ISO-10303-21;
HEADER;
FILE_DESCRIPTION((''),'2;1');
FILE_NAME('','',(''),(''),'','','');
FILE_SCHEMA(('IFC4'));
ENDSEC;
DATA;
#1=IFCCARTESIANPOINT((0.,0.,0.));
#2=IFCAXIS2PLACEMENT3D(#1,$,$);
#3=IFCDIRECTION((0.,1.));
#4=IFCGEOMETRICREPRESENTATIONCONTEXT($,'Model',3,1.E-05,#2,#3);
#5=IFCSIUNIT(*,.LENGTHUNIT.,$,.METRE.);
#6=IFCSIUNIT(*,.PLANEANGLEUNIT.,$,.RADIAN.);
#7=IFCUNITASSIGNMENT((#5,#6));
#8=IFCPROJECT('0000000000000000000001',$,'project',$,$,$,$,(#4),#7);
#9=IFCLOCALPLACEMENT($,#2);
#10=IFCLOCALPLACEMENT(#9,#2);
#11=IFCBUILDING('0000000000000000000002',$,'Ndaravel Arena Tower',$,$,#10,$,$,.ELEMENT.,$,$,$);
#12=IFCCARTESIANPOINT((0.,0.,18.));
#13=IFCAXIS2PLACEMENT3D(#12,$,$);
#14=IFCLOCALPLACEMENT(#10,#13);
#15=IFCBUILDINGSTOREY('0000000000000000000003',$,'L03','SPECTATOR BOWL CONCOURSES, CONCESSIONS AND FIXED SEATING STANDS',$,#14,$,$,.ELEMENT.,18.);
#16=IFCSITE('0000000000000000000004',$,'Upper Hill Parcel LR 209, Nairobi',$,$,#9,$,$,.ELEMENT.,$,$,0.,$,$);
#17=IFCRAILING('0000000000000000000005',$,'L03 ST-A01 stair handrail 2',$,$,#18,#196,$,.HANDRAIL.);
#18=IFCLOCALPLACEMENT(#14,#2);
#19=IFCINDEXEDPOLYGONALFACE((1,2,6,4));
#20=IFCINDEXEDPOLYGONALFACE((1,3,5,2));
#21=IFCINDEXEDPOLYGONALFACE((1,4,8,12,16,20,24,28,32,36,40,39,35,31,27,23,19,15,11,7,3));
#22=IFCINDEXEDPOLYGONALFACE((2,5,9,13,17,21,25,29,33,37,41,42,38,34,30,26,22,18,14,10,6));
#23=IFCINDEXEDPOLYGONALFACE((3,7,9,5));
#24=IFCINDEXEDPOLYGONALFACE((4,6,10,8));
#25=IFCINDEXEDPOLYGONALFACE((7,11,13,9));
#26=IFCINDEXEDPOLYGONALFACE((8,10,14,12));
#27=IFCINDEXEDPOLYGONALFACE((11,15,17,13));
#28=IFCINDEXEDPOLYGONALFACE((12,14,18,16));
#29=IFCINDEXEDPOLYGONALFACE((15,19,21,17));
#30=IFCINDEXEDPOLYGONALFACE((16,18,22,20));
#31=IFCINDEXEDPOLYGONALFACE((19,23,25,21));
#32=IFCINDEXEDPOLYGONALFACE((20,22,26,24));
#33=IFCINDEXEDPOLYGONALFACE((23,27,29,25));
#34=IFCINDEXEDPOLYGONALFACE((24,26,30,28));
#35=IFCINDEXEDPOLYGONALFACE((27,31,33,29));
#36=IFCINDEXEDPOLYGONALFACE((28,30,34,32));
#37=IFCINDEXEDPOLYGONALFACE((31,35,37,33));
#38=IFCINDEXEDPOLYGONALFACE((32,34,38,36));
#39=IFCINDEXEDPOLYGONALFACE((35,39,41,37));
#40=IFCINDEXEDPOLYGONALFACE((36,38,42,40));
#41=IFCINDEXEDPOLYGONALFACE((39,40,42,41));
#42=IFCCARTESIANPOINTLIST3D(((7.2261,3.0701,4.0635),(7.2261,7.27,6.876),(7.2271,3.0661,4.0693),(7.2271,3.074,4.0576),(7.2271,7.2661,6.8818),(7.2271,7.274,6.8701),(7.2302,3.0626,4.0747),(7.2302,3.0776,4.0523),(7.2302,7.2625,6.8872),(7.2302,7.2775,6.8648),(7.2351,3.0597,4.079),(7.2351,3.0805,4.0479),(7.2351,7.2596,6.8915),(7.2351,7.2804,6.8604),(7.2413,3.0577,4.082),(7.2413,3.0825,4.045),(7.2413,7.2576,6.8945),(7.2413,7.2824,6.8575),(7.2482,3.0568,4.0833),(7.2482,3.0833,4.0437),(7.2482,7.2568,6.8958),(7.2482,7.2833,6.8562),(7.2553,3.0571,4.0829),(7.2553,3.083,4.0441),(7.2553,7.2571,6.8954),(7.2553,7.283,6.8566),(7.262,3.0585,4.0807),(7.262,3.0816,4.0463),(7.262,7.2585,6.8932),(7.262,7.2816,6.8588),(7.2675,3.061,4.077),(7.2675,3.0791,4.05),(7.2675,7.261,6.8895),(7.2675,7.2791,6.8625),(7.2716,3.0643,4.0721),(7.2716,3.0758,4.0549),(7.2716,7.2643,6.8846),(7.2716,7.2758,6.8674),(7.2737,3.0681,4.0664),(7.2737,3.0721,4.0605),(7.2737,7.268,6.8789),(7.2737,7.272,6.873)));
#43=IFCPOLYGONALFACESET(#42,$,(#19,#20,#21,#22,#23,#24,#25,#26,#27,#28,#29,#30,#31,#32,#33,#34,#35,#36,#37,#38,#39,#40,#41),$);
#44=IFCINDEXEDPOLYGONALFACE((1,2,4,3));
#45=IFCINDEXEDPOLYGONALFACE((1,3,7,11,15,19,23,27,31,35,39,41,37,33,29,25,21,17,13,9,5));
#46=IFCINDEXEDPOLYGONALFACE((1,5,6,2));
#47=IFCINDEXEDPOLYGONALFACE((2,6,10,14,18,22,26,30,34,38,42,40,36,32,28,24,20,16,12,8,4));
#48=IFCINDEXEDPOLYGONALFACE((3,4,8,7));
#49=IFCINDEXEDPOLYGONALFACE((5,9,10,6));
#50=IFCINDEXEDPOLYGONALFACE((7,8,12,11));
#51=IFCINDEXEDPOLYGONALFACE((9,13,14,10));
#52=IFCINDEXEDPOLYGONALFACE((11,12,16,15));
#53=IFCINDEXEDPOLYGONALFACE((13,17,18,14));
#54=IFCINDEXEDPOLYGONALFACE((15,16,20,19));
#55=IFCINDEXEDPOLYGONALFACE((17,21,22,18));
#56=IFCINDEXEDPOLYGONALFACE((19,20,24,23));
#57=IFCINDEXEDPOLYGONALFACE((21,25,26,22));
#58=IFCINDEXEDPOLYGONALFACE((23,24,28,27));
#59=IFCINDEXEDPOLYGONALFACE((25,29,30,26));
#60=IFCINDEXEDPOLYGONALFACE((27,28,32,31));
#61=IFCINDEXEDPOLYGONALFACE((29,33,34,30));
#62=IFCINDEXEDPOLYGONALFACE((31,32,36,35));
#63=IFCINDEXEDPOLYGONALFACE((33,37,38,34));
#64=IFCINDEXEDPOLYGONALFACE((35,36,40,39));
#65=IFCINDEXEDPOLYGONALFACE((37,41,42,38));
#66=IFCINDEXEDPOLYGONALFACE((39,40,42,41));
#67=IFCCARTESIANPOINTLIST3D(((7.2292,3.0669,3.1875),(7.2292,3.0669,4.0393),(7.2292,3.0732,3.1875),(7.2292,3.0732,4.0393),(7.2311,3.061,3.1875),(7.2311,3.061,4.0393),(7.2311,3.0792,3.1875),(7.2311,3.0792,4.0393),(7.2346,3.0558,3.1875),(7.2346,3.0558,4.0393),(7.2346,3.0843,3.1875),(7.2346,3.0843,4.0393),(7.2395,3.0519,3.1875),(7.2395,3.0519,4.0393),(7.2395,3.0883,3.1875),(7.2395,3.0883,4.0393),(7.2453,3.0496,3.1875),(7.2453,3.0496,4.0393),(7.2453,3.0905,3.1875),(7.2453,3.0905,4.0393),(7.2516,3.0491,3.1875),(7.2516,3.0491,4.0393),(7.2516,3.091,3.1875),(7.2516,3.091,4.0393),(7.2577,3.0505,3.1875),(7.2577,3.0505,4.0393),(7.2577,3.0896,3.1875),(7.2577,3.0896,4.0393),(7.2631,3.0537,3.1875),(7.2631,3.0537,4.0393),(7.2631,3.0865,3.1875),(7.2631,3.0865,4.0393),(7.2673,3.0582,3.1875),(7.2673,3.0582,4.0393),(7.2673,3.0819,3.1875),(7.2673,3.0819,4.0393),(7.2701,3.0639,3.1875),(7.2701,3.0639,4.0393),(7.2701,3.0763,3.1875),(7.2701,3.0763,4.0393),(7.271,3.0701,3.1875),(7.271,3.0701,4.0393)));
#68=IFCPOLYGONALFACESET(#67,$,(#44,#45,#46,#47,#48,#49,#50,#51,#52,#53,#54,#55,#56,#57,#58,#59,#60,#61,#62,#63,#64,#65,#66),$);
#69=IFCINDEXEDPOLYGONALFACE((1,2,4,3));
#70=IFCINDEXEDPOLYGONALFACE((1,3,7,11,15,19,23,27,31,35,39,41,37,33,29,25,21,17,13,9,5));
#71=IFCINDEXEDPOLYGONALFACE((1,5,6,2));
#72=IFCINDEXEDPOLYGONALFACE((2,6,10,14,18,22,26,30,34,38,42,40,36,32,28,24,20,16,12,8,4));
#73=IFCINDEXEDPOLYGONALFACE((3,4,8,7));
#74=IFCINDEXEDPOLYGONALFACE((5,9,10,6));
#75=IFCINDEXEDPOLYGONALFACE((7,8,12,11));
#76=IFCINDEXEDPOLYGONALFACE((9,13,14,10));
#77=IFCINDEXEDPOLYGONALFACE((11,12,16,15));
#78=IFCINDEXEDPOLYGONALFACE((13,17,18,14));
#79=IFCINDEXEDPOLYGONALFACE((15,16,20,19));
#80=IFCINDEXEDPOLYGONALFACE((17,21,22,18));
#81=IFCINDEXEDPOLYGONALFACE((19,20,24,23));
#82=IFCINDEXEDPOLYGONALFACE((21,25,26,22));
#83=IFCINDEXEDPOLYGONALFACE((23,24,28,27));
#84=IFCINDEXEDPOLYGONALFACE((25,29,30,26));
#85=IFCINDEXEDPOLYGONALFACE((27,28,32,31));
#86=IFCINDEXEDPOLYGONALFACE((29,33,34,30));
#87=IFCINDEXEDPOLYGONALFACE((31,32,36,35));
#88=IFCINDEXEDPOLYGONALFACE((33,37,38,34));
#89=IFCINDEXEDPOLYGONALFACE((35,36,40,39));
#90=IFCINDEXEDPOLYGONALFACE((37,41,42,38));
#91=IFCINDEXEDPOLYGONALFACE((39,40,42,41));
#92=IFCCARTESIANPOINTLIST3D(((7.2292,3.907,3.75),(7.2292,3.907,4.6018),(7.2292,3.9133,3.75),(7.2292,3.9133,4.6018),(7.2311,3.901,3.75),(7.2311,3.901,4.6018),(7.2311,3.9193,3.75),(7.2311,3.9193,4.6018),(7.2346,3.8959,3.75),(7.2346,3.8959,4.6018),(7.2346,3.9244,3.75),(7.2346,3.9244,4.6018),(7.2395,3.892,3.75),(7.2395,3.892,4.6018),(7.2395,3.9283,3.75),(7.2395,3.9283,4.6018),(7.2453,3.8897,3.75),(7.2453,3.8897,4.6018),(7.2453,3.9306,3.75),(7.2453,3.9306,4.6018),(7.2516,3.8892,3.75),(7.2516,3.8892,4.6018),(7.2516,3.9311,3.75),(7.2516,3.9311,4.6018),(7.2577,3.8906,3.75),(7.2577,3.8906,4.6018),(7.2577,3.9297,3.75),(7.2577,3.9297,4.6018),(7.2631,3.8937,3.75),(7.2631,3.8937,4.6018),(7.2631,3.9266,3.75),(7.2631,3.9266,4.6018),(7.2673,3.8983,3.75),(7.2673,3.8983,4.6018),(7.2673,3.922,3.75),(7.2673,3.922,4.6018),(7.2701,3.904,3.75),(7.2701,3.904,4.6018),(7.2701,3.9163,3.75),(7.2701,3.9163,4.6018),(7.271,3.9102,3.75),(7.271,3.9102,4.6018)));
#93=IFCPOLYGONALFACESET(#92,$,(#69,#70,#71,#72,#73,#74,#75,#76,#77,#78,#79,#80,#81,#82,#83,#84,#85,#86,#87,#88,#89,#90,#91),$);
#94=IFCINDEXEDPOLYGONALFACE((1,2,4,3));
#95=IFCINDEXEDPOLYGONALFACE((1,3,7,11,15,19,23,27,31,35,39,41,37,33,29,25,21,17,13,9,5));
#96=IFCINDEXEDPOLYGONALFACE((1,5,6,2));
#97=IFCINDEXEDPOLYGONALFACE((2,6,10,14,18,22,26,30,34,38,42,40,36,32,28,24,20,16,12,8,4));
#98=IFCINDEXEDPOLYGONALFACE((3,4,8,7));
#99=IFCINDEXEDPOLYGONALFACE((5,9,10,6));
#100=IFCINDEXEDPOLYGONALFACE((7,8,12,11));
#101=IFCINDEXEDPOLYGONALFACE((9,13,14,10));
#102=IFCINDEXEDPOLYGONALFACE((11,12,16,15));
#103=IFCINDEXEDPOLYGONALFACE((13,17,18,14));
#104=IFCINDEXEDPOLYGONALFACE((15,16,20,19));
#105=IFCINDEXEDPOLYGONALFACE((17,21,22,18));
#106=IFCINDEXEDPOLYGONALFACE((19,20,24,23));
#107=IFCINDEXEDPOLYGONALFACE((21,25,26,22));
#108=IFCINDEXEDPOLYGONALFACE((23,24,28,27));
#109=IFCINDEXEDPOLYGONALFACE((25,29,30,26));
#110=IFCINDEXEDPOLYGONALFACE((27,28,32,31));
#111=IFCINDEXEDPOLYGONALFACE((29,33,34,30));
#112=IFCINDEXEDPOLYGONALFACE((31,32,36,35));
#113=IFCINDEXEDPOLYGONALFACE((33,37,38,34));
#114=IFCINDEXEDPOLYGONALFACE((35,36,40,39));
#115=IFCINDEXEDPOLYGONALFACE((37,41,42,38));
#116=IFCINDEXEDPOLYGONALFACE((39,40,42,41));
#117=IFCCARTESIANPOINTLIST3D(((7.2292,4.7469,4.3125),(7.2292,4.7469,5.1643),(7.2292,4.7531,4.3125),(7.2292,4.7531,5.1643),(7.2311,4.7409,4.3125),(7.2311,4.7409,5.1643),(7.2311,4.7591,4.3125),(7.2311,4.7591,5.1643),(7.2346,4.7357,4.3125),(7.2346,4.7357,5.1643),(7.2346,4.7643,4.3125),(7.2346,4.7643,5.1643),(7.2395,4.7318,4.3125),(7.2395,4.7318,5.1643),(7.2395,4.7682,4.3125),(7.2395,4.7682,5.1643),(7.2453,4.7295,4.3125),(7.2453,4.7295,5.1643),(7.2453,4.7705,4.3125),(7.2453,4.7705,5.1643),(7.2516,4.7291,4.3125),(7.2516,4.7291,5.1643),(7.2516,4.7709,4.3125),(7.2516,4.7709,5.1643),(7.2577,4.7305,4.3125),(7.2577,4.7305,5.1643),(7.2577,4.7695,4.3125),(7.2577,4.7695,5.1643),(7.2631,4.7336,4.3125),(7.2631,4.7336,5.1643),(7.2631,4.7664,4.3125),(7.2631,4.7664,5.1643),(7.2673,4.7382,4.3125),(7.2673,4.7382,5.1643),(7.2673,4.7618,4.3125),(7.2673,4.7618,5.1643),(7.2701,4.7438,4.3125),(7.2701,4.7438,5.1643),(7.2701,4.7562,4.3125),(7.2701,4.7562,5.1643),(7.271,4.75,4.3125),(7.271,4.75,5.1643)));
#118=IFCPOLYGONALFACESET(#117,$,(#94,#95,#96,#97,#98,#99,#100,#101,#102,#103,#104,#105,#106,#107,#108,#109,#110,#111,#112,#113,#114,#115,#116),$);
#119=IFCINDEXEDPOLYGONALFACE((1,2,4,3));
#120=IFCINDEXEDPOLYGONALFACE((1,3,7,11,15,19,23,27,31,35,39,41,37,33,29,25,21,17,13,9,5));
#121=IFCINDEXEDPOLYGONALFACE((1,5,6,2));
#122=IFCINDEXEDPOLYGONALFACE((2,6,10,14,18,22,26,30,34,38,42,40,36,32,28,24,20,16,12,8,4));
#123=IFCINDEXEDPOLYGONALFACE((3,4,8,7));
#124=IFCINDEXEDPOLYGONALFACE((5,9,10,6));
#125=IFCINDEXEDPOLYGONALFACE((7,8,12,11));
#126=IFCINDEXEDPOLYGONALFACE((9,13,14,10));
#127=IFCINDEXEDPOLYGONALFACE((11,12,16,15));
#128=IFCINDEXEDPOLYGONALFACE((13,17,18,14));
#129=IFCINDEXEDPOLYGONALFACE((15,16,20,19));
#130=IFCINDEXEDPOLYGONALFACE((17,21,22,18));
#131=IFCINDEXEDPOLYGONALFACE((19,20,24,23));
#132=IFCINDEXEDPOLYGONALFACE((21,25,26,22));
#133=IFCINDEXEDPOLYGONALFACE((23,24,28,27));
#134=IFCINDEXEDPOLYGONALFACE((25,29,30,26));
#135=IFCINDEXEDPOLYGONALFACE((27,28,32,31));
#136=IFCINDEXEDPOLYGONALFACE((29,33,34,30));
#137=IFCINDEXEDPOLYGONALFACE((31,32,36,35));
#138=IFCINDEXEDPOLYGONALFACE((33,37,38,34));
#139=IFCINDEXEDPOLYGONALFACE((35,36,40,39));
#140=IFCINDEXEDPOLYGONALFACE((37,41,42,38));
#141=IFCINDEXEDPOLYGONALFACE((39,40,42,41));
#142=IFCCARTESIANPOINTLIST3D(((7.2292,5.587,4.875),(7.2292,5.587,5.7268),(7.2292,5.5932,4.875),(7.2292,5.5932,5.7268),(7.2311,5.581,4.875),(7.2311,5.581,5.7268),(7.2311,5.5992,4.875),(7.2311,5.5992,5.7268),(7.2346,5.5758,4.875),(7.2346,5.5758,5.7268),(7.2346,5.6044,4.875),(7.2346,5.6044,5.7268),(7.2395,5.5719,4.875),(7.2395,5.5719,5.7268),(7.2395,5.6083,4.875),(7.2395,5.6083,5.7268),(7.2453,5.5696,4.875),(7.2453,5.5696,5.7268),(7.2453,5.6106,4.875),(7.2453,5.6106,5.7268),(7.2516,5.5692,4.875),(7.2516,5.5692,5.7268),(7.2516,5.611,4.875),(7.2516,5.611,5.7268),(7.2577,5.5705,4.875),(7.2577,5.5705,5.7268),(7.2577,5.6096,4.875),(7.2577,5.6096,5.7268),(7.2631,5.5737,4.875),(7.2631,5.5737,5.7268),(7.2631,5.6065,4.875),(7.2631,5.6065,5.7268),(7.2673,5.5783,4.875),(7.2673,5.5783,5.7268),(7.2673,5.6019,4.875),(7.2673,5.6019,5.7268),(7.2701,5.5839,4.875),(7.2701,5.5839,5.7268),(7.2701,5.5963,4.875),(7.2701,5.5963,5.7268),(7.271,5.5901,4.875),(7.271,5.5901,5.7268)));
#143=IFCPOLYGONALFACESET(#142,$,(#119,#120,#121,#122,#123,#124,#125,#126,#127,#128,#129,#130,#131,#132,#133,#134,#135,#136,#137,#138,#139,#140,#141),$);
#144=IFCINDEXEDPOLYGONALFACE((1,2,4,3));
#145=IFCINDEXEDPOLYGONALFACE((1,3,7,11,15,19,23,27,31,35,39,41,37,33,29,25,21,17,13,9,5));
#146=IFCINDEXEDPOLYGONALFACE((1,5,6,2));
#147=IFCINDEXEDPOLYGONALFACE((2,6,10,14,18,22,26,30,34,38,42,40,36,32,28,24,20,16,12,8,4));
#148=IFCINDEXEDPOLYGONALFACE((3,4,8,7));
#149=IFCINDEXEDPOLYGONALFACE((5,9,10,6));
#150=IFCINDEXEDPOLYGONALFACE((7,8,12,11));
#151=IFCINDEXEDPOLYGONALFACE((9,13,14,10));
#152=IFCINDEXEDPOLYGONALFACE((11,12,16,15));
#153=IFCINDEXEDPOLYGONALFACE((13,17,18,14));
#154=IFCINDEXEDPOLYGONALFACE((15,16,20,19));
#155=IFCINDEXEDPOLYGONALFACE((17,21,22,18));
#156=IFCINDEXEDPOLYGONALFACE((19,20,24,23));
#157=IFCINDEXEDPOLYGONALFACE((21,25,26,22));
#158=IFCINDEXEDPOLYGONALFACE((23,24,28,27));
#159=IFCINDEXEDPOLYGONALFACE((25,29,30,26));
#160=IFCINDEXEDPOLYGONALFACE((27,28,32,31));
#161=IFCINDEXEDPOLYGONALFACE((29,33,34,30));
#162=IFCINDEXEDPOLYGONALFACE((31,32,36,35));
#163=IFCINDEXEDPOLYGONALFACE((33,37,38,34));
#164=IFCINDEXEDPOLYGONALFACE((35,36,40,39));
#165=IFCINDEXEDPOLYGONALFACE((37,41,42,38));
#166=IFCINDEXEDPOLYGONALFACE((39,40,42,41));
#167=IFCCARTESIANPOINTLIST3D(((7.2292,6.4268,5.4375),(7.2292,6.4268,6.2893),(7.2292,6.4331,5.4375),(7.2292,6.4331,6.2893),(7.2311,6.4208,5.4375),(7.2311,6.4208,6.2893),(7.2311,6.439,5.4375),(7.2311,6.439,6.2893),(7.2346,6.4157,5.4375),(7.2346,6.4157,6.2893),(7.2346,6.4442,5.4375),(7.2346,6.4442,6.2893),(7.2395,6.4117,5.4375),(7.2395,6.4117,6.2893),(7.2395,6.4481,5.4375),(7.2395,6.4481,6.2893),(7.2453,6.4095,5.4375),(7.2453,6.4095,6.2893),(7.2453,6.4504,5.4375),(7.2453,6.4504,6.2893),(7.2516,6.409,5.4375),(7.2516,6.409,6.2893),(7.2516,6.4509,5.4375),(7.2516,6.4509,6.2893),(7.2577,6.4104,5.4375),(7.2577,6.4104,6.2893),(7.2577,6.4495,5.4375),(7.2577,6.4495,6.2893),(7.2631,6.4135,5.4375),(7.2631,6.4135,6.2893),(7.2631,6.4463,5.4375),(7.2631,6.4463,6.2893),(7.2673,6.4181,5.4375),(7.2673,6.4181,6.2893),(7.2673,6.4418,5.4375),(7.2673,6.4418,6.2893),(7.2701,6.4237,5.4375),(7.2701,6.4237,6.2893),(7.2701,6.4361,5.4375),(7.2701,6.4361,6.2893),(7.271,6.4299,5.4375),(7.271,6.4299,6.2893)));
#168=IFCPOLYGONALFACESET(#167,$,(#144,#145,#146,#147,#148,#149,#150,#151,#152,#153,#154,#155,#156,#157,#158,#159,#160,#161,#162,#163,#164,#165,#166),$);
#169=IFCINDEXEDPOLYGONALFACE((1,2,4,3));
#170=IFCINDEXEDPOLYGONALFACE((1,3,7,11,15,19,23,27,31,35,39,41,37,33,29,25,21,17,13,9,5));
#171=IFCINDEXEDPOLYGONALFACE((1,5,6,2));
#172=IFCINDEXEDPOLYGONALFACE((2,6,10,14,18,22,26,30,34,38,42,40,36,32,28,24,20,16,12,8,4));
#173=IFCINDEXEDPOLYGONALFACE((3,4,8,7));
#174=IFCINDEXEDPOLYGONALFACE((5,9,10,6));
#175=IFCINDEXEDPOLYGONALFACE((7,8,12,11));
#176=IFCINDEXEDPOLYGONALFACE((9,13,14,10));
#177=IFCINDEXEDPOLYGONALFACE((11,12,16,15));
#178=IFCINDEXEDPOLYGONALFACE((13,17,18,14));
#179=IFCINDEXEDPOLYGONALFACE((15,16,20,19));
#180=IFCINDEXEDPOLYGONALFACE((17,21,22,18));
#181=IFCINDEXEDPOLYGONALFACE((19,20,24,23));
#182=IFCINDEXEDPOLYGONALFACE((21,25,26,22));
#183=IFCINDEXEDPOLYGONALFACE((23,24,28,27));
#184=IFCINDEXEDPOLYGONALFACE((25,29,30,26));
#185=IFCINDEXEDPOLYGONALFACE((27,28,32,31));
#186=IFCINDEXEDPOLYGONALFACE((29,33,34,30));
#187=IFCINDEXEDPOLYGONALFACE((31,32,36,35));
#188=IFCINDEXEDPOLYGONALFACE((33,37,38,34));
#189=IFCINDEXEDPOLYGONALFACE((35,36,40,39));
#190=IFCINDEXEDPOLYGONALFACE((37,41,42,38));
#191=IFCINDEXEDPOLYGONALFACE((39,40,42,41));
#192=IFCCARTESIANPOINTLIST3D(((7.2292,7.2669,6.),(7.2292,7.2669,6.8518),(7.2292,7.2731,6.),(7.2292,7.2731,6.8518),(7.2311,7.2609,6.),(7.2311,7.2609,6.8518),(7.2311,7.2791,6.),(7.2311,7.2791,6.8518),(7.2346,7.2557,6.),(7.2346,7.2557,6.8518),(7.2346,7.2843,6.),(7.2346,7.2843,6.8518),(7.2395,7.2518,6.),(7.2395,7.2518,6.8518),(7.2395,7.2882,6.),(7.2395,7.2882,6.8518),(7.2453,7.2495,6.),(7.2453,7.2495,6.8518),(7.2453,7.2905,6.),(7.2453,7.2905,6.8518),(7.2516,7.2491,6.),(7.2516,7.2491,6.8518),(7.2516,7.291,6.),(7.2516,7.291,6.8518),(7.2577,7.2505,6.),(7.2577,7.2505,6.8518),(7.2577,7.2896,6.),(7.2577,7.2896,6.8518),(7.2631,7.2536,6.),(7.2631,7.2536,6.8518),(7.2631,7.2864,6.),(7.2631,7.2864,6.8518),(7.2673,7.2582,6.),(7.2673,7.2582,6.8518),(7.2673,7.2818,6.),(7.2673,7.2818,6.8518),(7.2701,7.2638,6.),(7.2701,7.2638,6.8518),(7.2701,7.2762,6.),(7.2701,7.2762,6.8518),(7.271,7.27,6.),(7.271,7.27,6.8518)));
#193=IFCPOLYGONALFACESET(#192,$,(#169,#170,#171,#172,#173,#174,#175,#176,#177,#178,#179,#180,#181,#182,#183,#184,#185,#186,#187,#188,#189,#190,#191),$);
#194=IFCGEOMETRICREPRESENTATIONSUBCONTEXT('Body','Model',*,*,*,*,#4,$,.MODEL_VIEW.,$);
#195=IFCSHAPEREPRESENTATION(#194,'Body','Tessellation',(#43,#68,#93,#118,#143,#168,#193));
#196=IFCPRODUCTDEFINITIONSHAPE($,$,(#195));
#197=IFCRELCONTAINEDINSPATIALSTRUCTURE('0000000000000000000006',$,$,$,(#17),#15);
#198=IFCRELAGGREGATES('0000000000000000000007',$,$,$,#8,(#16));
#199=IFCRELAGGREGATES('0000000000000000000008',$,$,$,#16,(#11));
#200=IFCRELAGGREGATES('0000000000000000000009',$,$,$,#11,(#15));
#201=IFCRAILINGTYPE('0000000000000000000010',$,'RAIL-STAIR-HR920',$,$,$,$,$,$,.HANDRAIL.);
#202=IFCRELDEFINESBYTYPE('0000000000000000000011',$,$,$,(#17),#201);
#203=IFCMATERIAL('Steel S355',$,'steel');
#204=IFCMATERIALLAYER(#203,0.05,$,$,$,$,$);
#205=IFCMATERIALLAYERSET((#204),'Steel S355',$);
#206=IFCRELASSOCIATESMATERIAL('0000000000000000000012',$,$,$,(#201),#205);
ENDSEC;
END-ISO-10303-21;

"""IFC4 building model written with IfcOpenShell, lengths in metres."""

from ifc_helpers import new_model, si_unit, direction, frame, origin, origin_2d, place, context, subcontext, project, spatial, circle, extrude, material, layer, layer_set, type_object, element, save


model = new_model("IFC4")

# Units and contexts
model_context = context("Model", 3, precision=1e-05, world=origin(), true_north=direction((0.0, 1.0)))
body_context = subcontext(model_context, "Body", "Model", "MODEL_VIEW")
ifc_project = project(units=[si_unit("LENGTHUNIT", "METRE"), si_unit("PLANEANGLEUNIT", "RADIAN")], contexts=[model_context])

# Site, building, storey
site_placement = place(None, origin())
site = spatial("IfcSite", under=ifc_project, at=site_placement, Name="Upper Hill Parcel LR 209, Nairobi", CompositionType="ELEMENT", RefElevation=0.0)
building_placement = place(site_placement, origin())
building = spatial("IfcBuilding", under=site, at=building_placement, Name="Ndaravel Arena Tower", CompositionType="ELEMENT")
storey_placement = place(building_placement, frame((0.0, 0.0, 18.0)))
storey = spatial("IfcBuildingStorey", under=building, at=storey_placement, Name="L03", Description="SPECTATOR BOWL CONCOURSES, CONCESSIONS AND FIXED SEATING STANDS", CompositionType="ELEMENT", Elevation=18.0)

# Railing
ifc_material_1 = material(Name="Steel S355", Category="steel")
ifc_layer_1 = layer(ifc_material_1, 0.05)
ifc_layer_set_1 = layer_set([ifc_layer_1], Name="Steel S355")
railing_type_1 = type_object("IfcRailingType", Name="RAIL-STAIR-HR920", PredefinedType="HANDRAIL", material=ifc_layer_set_1)
railing_1_placement = place(storey_placement, frame((7.25, 3.0701, 3.1875)))
element("IfcRailing", 1, at=railing_1_placement, inside=storey, type_object=railing_type_1, Name="L03 ST-A01 stair handrail 2", PredefinedType="HANDRAIL", context=body_context, shape_type="SweptSolid", body=[
    extrude(circle(Radius=0.0239, at=origin_2d()), frame((0.0, 0.0, 0.876), z_axis=(0.0, 0.830904, 0.556416), x_axis=(-1.0, 0.0, 0.0)), (0.0, 0.0, 1.0), 5.0547),
    extrude(circle(Radius=0.021, at=origin_2d()), origin(), (0.0, 0.0, 1.0), 0.8518),
    extrude(circle(Radius=0.021, at=origin_2d()), frame((0.0, 0.8401, 0.5625)), (0.0, 0.0, 1.0), 0.8518),
    extrude(circle(Radius=0.021, at=origin_2d()), frame((0.0, 1.6799, 1.125)), (0.0, 0.0, 1.0), 0.8518),
    extrude(circle(Radius=0.021, at=origin_2d()), frame((0.0, 2.52, 1.6875)), (0.0, 0.0, 1.0), 0.8518),
    extrude(circle(Radius=0.021, at=origin_2d()), frame((0.0, 3.3599, 2.25)), (0.0, 0.0, 1.0), 0.8518),
    extrude(circle(Radius=0.021, at=origin_2d()), frame((0.0, 4.2, 2.8125)), (0.0, 0.0, 1.0), 0.8518),
])

save(model, "model.ifc")
